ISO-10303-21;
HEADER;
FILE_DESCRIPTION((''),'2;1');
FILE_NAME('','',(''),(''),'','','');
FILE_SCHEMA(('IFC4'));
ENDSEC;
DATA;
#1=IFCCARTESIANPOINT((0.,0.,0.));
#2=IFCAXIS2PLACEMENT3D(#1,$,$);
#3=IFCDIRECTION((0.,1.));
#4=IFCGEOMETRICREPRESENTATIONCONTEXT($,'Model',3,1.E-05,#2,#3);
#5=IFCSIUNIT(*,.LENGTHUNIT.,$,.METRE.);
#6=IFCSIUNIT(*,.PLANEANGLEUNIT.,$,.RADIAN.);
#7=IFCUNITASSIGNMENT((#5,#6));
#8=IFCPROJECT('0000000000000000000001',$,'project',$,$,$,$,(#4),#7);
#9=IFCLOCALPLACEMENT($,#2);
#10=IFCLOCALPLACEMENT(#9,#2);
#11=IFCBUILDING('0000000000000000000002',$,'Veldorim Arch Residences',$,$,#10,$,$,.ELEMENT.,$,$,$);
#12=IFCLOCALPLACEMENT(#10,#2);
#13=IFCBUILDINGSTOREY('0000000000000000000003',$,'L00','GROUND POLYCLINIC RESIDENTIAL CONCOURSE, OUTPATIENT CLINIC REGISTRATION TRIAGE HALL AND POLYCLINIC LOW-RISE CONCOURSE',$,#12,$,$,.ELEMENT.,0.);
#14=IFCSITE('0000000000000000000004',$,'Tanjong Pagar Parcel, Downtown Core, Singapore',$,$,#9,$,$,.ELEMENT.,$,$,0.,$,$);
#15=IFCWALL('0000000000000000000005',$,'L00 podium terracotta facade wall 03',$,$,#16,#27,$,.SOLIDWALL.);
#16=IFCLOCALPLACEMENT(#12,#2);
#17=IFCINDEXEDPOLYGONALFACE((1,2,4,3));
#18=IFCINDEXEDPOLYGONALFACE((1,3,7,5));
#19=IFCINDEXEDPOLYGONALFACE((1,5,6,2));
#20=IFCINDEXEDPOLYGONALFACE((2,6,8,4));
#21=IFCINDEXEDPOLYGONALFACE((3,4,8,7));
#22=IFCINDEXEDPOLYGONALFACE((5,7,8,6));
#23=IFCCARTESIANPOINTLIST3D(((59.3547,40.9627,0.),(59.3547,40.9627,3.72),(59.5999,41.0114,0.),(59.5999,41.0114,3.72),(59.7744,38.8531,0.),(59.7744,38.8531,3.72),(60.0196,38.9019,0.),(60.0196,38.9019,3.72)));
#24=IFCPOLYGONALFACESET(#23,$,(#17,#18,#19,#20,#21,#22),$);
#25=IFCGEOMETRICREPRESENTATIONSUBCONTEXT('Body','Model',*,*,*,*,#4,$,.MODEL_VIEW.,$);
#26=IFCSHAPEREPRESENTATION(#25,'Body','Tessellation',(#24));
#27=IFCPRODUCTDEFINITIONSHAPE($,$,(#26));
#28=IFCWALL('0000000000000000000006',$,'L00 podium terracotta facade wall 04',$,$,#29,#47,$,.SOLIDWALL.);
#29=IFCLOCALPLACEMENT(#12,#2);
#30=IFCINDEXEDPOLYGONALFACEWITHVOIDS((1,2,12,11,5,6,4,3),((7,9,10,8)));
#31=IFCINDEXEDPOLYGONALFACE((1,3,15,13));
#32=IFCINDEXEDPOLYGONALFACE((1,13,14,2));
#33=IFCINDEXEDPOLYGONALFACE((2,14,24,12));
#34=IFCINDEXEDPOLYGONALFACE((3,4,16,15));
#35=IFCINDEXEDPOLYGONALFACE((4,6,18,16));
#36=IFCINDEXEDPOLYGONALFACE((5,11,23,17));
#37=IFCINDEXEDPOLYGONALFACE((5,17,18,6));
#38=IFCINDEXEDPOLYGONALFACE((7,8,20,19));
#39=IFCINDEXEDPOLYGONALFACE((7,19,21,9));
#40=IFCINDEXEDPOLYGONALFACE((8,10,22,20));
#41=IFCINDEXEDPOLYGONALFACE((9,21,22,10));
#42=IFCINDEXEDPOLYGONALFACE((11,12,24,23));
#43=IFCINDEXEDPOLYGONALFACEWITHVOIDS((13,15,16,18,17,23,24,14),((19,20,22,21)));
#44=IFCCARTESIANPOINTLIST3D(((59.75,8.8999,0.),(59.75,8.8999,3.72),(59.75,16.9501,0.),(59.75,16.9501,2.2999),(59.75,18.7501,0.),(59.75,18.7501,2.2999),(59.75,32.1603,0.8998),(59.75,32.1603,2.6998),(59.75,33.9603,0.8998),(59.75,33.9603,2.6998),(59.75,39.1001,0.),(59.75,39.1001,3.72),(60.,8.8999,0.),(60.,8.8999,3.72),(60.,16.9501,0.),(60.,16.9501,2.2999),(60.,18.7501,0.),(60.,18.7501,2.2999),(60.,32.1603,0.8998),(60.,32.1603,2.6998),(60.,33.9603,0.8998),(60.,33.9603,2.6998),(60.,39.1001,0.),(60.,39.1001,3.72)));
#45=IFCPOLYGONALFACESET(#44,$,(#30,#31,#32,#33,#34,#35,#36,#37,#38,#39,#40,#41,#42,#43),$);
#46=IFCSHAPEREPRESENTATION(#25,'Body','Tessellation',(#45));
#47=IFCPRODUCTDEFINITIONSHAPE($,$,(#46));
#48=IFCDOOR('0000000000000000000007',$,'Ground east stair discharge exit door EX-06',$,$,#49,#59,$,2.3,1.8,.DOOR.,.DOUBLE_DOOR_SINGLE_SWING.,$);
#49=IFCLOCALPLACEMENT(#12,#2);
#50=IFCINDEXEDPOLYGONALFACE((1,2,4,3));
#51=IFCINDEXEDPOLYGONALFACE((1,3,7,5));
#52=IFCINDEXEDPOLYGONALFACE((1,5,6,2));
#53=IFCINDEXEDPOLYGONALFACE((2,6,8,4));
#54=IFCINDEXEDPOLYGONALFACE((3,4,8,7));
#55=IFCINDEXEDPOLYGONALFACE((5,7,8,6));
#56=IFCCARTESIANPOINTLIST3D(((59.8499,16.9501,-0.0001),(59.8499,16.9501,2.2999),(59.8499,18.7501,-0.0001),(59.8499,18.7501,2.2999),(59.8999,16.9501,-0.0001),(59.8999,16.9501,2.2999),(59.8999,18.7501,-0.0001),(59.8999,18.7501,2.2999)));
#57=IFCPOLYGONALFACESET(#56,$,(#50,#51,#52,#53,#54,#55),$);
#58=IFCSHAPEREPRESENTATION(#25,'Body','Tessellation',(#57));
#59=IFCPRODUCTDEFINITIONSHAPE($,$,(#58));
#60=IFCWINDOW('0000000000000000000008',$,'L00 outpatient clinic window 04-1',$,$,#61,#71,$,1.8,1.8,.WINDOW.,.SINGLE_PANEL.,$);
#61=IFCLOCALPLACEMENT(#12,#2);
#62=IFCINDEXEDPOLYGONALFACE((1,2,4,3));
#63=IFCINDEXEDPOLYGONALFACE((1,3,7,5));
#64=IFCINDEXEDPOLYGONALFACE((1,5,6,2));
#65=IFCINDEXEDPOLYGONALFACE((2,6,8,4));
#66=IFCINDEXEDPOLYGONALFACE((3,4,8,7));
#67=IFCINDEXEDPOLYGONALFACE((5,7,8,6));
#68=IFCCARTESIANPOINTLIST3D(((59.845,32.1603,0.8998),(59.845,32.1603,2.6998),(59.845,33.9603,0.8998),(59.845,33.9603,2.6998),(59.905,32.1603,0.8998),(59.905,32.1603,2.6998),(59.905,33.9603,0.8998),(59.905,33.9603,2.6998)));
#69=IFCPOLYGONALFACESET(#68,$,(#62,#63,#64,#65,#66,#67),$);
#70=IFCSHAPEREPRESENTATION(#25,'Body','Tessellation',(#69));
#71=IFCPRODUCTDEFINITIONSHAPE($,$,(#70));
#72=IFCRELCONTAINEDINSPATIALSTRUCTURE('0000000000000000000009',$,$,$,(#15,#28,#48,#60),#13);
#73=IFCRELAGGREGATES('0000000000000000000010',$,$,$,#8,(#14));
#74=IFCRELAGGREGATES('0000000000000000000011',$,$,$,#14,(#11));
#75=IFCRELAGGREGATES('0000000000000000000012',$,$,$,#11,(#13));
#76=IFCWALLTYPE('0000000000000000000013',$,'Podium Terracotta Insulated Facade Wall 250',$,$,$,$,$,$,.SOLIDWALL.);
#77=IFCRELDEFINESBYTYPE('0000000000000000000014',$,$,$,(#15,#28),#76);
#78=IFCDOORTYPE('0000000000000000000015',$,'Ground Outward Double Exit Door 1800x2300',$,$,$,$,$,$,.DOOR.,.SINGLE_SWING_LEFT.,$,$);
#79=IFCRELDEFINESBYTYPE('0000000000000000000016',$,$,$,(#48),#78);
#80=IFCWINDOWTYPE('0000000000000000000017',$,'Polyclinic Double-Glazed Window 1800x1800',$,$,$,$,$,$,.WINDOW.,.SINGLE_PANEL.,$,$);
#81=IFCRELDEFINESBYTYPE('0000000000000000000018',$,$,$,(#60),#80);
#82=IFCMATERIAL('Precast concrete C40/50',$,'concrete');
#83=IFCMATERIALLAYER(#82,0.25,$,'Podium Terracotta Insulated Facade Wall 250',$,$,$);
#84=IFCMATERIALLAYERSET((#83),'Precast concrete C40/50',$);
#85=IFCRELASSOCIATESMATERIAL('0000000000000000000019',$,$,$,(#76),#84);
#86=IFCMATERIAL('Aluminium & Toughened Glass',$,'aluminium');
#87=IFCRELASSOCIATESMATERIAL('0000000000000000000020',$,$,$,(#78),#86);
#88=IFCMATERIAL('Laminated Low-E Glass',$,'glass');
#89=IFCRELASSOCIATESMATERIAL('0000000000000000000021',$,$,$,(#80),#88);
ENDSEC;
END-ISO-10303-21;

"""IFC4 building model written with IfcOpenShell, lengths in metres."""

from ifc_helpers import new_model, si_unit, direction, frame, frame_2d, origin, place, context, subcontext, project, spatial, rectangle, extrude, material, layer, layer_set, type_object, element, fill, save


model = new_model("IFC4")

# Units and contexts
model_context = context("Model", 3, precision=1e-05, world=origin(), true_north=direction((0.0, 1.0)))
body_context = subcontext(model_context, "Body", "Model", "MODEL_VIEW")
ifc_project = project(units=[si_unit("LENGTHUNIT", "METRE"), si_unit("PLANEANGLEUNIT", "RADIAN")], contexts=[model_context])

# Site, building, storey
site_placement = place(None, origin())
site = spatial("IfcSite", under=ifc_project, at=site_placement, Name="Tanjong Pagar Parcel, Downtown Core, Singapore", CompositionType="ELEMENT", RefElevation=0.0)
building_placement = place(site_placement, origin())
building = spatial("IfcBuilding", under=site, at=building_placement, Name="Veldorim Arch Residences", CompositionType="ELEMENT")
storey_placement = place(building_placement, origin())
storey = spatial("IfcBuildingStorey", under=building, at=storey_placement, Name="L00", Description="GROUND POLYCLINIC RESIDENTIAL CONCOURSE, OUTPATIENT CLINIC REGISTRATION TRIAGE HALL AND POLYCLINIC LOW-RISE CONCOURSE", CompositionType="ELEMENT", Elevation=0.0)

# Wall
ifc_material_1 = material(Name="Precast concrete C40/50", Category="concrete")
ifc_layer_1 = layer(ifc_material_1, 0.25, Name="Podium Terracotta Insulated Facade Wall 250")
ifc_layer_set_1 = layer_set([ifc_layer_1], Name="Precast concrete C40/50")
wall_type_1 = type_object("IfcWallType", Name="Podium Terracotta Insulated Facade Wall 250", PredefinedType="SOLIDWALL", material=ifc_layer_set_1)
wall_1_placement = place(storey_placement, frame((59.4773, 40.9871, 0.0), z_axis=(0.0, 0.0, 1.0), x_axis=(0.195112, -0.980781, 0.0)))
element("IfcWall", 1, at=wall_1_placement, inside=storey, type_object=wall_type_1, Name="L00 podium terracotta facade wall 03", PredefinedType="SOLIDWALL", context=body_context, shape_type="SweptSolid", body=[
    extrude(rectangle(XDim=2.1509, YDim=0.25, at=frame_2d((1.0754, 0.0))), origin(), (0.0, 0.0, 1.0), 3.72),
])

# Wall, openings, door, window
wall_2_placement = place(storey_placement, frame((59.875, 39.1001, 0.0), z_axis=(0.0, 0.0, 1.0), x_axis=(0.0, -1.0, 0.0)))
wall_2 = element("IfcWall", 2, at=wall_2_placement, inside=storey, type_object=wall_type_1, Name="L00 podium terracotta facade wall 04", PredefinedType="SOLIDWALL", context=body_context, shape_type="SweptSolid", body=[
    extrude(rectangle(XDim=30.2002, YDim=0.25, at=frame_2d((15.1001, 0.0))), origin(), (0.0, 0.0, 1.0), 3.72),
])
opening_1_placement = place(wall_2_placement, frame((20.3501, 0.0, 0.0)))
opening_1 = element("IfcOpeningElement", 3, at=opening_1_placement, cuts=wall_2, PredefinedType="OPENING", context=body_context, shape_type="SweptSolid", body=[
    extrude(rectangle(XDim=1.8, YDim=2.3, at=frame_2d((0.8999, 1.1499))), frame((0.0, 0.135, 0.0), z_axis=(0.0, -1.0, 0.0), x_axis=(1.0, 0.0, 0.0)), (0.0, 0.0, 1.0), 0.27),
])
opening_2_placement = place(wall_2_placement, frame((5.1399, 0.0, 0.8999)))
opening_2 = element("IfcOpeningElement", 4, at=opening_2_placement, cuts=wall_2, PredefinedType="OPENING", context=body_context, shape_type="SweptSolid", body=[
    extrude(rectangle(XDim=1.8, YDim=1.8, at=frame_2d((0.8999, 0.8999))), frame((0.0, 0.135, 0.0), z_axis=(0.0, -1.0, 0.0), x_axis=(1.0, 0.0, 0.0)), (0.0, 0.0, 1.0), 0.27),
])
ifc_material_2 = material(Name="Aluminium & Toughened Glass", Category="aluminium")
door_type_1 = type_object("IfcDoorType", Name="Ground Outward Double Exit Door 1800x2300", OperationType="SINGLE_SWING_LEFT", PredefinedType="DOOR", material=ifc_material_2)
door_1_placement = place(opening_1_placement, origin())
door_1 = element("IfcDoor", 5, at=door_1_placement, inside=storey, type_object=door_type_1, Name="Ground east stair discharge exit door EX-06", OperationType="DOUBLE_DOOR_SINGLE_SWING", OverallHeight=2.3, OverallWidth=1.8, PredefinedType="DOOR", context=body_context, shape_type="SweptSolid", body=[
    extrude(rectangle(XDim=1.8, YDim=2.3, at=frame_2d((0.8999, 1.1499))), frame((0.0, 0.0249, 0.0), z_axis=(0.0, -1.0, 0.0), x_axis=(1.0, 0.0, 0.0)), (0.0, 0.0, 1.0), 0.05),
])
fill(opening_1, door_1)
ifc_material_3 = material(Name="Laminated Low-E Glass", Category="glass")
window_type = type_object("IfcWindowType", Name="Polyclinic Double-Glazed Window 1800x1800", PartitioningType="SINGLE_PANEL", PredefinedType="WINDOW", material=ifc_material_3)
window_placement = place(opening_2_placement, origin())
window = element("IfcWindow", 6, at=window_placement, inside=storey, type_object=window_type, Name="L00 outpatient clinic window 04-1", OverallHeight=1.8, OverallWidth=1.8, PartitioningType="SINGLE_PANEL", PredefinedType="WINDOW", context=body_context, shape_type="SweptSolid", body=[
    extrude(rectangle(XDim=1.8, YDim=1.8, at=frame_2d((0.8999, 0.8999))), frame((0.0, 0.03, 0.0), z_axis=(0.0, -1.0, 0.0), x_axis=(1.0, 0.0, 0.0)), (0.0, 0.0, 1.0), 0.0601),
])
fill(opening_2, window)

save(model, "model.ifc")
